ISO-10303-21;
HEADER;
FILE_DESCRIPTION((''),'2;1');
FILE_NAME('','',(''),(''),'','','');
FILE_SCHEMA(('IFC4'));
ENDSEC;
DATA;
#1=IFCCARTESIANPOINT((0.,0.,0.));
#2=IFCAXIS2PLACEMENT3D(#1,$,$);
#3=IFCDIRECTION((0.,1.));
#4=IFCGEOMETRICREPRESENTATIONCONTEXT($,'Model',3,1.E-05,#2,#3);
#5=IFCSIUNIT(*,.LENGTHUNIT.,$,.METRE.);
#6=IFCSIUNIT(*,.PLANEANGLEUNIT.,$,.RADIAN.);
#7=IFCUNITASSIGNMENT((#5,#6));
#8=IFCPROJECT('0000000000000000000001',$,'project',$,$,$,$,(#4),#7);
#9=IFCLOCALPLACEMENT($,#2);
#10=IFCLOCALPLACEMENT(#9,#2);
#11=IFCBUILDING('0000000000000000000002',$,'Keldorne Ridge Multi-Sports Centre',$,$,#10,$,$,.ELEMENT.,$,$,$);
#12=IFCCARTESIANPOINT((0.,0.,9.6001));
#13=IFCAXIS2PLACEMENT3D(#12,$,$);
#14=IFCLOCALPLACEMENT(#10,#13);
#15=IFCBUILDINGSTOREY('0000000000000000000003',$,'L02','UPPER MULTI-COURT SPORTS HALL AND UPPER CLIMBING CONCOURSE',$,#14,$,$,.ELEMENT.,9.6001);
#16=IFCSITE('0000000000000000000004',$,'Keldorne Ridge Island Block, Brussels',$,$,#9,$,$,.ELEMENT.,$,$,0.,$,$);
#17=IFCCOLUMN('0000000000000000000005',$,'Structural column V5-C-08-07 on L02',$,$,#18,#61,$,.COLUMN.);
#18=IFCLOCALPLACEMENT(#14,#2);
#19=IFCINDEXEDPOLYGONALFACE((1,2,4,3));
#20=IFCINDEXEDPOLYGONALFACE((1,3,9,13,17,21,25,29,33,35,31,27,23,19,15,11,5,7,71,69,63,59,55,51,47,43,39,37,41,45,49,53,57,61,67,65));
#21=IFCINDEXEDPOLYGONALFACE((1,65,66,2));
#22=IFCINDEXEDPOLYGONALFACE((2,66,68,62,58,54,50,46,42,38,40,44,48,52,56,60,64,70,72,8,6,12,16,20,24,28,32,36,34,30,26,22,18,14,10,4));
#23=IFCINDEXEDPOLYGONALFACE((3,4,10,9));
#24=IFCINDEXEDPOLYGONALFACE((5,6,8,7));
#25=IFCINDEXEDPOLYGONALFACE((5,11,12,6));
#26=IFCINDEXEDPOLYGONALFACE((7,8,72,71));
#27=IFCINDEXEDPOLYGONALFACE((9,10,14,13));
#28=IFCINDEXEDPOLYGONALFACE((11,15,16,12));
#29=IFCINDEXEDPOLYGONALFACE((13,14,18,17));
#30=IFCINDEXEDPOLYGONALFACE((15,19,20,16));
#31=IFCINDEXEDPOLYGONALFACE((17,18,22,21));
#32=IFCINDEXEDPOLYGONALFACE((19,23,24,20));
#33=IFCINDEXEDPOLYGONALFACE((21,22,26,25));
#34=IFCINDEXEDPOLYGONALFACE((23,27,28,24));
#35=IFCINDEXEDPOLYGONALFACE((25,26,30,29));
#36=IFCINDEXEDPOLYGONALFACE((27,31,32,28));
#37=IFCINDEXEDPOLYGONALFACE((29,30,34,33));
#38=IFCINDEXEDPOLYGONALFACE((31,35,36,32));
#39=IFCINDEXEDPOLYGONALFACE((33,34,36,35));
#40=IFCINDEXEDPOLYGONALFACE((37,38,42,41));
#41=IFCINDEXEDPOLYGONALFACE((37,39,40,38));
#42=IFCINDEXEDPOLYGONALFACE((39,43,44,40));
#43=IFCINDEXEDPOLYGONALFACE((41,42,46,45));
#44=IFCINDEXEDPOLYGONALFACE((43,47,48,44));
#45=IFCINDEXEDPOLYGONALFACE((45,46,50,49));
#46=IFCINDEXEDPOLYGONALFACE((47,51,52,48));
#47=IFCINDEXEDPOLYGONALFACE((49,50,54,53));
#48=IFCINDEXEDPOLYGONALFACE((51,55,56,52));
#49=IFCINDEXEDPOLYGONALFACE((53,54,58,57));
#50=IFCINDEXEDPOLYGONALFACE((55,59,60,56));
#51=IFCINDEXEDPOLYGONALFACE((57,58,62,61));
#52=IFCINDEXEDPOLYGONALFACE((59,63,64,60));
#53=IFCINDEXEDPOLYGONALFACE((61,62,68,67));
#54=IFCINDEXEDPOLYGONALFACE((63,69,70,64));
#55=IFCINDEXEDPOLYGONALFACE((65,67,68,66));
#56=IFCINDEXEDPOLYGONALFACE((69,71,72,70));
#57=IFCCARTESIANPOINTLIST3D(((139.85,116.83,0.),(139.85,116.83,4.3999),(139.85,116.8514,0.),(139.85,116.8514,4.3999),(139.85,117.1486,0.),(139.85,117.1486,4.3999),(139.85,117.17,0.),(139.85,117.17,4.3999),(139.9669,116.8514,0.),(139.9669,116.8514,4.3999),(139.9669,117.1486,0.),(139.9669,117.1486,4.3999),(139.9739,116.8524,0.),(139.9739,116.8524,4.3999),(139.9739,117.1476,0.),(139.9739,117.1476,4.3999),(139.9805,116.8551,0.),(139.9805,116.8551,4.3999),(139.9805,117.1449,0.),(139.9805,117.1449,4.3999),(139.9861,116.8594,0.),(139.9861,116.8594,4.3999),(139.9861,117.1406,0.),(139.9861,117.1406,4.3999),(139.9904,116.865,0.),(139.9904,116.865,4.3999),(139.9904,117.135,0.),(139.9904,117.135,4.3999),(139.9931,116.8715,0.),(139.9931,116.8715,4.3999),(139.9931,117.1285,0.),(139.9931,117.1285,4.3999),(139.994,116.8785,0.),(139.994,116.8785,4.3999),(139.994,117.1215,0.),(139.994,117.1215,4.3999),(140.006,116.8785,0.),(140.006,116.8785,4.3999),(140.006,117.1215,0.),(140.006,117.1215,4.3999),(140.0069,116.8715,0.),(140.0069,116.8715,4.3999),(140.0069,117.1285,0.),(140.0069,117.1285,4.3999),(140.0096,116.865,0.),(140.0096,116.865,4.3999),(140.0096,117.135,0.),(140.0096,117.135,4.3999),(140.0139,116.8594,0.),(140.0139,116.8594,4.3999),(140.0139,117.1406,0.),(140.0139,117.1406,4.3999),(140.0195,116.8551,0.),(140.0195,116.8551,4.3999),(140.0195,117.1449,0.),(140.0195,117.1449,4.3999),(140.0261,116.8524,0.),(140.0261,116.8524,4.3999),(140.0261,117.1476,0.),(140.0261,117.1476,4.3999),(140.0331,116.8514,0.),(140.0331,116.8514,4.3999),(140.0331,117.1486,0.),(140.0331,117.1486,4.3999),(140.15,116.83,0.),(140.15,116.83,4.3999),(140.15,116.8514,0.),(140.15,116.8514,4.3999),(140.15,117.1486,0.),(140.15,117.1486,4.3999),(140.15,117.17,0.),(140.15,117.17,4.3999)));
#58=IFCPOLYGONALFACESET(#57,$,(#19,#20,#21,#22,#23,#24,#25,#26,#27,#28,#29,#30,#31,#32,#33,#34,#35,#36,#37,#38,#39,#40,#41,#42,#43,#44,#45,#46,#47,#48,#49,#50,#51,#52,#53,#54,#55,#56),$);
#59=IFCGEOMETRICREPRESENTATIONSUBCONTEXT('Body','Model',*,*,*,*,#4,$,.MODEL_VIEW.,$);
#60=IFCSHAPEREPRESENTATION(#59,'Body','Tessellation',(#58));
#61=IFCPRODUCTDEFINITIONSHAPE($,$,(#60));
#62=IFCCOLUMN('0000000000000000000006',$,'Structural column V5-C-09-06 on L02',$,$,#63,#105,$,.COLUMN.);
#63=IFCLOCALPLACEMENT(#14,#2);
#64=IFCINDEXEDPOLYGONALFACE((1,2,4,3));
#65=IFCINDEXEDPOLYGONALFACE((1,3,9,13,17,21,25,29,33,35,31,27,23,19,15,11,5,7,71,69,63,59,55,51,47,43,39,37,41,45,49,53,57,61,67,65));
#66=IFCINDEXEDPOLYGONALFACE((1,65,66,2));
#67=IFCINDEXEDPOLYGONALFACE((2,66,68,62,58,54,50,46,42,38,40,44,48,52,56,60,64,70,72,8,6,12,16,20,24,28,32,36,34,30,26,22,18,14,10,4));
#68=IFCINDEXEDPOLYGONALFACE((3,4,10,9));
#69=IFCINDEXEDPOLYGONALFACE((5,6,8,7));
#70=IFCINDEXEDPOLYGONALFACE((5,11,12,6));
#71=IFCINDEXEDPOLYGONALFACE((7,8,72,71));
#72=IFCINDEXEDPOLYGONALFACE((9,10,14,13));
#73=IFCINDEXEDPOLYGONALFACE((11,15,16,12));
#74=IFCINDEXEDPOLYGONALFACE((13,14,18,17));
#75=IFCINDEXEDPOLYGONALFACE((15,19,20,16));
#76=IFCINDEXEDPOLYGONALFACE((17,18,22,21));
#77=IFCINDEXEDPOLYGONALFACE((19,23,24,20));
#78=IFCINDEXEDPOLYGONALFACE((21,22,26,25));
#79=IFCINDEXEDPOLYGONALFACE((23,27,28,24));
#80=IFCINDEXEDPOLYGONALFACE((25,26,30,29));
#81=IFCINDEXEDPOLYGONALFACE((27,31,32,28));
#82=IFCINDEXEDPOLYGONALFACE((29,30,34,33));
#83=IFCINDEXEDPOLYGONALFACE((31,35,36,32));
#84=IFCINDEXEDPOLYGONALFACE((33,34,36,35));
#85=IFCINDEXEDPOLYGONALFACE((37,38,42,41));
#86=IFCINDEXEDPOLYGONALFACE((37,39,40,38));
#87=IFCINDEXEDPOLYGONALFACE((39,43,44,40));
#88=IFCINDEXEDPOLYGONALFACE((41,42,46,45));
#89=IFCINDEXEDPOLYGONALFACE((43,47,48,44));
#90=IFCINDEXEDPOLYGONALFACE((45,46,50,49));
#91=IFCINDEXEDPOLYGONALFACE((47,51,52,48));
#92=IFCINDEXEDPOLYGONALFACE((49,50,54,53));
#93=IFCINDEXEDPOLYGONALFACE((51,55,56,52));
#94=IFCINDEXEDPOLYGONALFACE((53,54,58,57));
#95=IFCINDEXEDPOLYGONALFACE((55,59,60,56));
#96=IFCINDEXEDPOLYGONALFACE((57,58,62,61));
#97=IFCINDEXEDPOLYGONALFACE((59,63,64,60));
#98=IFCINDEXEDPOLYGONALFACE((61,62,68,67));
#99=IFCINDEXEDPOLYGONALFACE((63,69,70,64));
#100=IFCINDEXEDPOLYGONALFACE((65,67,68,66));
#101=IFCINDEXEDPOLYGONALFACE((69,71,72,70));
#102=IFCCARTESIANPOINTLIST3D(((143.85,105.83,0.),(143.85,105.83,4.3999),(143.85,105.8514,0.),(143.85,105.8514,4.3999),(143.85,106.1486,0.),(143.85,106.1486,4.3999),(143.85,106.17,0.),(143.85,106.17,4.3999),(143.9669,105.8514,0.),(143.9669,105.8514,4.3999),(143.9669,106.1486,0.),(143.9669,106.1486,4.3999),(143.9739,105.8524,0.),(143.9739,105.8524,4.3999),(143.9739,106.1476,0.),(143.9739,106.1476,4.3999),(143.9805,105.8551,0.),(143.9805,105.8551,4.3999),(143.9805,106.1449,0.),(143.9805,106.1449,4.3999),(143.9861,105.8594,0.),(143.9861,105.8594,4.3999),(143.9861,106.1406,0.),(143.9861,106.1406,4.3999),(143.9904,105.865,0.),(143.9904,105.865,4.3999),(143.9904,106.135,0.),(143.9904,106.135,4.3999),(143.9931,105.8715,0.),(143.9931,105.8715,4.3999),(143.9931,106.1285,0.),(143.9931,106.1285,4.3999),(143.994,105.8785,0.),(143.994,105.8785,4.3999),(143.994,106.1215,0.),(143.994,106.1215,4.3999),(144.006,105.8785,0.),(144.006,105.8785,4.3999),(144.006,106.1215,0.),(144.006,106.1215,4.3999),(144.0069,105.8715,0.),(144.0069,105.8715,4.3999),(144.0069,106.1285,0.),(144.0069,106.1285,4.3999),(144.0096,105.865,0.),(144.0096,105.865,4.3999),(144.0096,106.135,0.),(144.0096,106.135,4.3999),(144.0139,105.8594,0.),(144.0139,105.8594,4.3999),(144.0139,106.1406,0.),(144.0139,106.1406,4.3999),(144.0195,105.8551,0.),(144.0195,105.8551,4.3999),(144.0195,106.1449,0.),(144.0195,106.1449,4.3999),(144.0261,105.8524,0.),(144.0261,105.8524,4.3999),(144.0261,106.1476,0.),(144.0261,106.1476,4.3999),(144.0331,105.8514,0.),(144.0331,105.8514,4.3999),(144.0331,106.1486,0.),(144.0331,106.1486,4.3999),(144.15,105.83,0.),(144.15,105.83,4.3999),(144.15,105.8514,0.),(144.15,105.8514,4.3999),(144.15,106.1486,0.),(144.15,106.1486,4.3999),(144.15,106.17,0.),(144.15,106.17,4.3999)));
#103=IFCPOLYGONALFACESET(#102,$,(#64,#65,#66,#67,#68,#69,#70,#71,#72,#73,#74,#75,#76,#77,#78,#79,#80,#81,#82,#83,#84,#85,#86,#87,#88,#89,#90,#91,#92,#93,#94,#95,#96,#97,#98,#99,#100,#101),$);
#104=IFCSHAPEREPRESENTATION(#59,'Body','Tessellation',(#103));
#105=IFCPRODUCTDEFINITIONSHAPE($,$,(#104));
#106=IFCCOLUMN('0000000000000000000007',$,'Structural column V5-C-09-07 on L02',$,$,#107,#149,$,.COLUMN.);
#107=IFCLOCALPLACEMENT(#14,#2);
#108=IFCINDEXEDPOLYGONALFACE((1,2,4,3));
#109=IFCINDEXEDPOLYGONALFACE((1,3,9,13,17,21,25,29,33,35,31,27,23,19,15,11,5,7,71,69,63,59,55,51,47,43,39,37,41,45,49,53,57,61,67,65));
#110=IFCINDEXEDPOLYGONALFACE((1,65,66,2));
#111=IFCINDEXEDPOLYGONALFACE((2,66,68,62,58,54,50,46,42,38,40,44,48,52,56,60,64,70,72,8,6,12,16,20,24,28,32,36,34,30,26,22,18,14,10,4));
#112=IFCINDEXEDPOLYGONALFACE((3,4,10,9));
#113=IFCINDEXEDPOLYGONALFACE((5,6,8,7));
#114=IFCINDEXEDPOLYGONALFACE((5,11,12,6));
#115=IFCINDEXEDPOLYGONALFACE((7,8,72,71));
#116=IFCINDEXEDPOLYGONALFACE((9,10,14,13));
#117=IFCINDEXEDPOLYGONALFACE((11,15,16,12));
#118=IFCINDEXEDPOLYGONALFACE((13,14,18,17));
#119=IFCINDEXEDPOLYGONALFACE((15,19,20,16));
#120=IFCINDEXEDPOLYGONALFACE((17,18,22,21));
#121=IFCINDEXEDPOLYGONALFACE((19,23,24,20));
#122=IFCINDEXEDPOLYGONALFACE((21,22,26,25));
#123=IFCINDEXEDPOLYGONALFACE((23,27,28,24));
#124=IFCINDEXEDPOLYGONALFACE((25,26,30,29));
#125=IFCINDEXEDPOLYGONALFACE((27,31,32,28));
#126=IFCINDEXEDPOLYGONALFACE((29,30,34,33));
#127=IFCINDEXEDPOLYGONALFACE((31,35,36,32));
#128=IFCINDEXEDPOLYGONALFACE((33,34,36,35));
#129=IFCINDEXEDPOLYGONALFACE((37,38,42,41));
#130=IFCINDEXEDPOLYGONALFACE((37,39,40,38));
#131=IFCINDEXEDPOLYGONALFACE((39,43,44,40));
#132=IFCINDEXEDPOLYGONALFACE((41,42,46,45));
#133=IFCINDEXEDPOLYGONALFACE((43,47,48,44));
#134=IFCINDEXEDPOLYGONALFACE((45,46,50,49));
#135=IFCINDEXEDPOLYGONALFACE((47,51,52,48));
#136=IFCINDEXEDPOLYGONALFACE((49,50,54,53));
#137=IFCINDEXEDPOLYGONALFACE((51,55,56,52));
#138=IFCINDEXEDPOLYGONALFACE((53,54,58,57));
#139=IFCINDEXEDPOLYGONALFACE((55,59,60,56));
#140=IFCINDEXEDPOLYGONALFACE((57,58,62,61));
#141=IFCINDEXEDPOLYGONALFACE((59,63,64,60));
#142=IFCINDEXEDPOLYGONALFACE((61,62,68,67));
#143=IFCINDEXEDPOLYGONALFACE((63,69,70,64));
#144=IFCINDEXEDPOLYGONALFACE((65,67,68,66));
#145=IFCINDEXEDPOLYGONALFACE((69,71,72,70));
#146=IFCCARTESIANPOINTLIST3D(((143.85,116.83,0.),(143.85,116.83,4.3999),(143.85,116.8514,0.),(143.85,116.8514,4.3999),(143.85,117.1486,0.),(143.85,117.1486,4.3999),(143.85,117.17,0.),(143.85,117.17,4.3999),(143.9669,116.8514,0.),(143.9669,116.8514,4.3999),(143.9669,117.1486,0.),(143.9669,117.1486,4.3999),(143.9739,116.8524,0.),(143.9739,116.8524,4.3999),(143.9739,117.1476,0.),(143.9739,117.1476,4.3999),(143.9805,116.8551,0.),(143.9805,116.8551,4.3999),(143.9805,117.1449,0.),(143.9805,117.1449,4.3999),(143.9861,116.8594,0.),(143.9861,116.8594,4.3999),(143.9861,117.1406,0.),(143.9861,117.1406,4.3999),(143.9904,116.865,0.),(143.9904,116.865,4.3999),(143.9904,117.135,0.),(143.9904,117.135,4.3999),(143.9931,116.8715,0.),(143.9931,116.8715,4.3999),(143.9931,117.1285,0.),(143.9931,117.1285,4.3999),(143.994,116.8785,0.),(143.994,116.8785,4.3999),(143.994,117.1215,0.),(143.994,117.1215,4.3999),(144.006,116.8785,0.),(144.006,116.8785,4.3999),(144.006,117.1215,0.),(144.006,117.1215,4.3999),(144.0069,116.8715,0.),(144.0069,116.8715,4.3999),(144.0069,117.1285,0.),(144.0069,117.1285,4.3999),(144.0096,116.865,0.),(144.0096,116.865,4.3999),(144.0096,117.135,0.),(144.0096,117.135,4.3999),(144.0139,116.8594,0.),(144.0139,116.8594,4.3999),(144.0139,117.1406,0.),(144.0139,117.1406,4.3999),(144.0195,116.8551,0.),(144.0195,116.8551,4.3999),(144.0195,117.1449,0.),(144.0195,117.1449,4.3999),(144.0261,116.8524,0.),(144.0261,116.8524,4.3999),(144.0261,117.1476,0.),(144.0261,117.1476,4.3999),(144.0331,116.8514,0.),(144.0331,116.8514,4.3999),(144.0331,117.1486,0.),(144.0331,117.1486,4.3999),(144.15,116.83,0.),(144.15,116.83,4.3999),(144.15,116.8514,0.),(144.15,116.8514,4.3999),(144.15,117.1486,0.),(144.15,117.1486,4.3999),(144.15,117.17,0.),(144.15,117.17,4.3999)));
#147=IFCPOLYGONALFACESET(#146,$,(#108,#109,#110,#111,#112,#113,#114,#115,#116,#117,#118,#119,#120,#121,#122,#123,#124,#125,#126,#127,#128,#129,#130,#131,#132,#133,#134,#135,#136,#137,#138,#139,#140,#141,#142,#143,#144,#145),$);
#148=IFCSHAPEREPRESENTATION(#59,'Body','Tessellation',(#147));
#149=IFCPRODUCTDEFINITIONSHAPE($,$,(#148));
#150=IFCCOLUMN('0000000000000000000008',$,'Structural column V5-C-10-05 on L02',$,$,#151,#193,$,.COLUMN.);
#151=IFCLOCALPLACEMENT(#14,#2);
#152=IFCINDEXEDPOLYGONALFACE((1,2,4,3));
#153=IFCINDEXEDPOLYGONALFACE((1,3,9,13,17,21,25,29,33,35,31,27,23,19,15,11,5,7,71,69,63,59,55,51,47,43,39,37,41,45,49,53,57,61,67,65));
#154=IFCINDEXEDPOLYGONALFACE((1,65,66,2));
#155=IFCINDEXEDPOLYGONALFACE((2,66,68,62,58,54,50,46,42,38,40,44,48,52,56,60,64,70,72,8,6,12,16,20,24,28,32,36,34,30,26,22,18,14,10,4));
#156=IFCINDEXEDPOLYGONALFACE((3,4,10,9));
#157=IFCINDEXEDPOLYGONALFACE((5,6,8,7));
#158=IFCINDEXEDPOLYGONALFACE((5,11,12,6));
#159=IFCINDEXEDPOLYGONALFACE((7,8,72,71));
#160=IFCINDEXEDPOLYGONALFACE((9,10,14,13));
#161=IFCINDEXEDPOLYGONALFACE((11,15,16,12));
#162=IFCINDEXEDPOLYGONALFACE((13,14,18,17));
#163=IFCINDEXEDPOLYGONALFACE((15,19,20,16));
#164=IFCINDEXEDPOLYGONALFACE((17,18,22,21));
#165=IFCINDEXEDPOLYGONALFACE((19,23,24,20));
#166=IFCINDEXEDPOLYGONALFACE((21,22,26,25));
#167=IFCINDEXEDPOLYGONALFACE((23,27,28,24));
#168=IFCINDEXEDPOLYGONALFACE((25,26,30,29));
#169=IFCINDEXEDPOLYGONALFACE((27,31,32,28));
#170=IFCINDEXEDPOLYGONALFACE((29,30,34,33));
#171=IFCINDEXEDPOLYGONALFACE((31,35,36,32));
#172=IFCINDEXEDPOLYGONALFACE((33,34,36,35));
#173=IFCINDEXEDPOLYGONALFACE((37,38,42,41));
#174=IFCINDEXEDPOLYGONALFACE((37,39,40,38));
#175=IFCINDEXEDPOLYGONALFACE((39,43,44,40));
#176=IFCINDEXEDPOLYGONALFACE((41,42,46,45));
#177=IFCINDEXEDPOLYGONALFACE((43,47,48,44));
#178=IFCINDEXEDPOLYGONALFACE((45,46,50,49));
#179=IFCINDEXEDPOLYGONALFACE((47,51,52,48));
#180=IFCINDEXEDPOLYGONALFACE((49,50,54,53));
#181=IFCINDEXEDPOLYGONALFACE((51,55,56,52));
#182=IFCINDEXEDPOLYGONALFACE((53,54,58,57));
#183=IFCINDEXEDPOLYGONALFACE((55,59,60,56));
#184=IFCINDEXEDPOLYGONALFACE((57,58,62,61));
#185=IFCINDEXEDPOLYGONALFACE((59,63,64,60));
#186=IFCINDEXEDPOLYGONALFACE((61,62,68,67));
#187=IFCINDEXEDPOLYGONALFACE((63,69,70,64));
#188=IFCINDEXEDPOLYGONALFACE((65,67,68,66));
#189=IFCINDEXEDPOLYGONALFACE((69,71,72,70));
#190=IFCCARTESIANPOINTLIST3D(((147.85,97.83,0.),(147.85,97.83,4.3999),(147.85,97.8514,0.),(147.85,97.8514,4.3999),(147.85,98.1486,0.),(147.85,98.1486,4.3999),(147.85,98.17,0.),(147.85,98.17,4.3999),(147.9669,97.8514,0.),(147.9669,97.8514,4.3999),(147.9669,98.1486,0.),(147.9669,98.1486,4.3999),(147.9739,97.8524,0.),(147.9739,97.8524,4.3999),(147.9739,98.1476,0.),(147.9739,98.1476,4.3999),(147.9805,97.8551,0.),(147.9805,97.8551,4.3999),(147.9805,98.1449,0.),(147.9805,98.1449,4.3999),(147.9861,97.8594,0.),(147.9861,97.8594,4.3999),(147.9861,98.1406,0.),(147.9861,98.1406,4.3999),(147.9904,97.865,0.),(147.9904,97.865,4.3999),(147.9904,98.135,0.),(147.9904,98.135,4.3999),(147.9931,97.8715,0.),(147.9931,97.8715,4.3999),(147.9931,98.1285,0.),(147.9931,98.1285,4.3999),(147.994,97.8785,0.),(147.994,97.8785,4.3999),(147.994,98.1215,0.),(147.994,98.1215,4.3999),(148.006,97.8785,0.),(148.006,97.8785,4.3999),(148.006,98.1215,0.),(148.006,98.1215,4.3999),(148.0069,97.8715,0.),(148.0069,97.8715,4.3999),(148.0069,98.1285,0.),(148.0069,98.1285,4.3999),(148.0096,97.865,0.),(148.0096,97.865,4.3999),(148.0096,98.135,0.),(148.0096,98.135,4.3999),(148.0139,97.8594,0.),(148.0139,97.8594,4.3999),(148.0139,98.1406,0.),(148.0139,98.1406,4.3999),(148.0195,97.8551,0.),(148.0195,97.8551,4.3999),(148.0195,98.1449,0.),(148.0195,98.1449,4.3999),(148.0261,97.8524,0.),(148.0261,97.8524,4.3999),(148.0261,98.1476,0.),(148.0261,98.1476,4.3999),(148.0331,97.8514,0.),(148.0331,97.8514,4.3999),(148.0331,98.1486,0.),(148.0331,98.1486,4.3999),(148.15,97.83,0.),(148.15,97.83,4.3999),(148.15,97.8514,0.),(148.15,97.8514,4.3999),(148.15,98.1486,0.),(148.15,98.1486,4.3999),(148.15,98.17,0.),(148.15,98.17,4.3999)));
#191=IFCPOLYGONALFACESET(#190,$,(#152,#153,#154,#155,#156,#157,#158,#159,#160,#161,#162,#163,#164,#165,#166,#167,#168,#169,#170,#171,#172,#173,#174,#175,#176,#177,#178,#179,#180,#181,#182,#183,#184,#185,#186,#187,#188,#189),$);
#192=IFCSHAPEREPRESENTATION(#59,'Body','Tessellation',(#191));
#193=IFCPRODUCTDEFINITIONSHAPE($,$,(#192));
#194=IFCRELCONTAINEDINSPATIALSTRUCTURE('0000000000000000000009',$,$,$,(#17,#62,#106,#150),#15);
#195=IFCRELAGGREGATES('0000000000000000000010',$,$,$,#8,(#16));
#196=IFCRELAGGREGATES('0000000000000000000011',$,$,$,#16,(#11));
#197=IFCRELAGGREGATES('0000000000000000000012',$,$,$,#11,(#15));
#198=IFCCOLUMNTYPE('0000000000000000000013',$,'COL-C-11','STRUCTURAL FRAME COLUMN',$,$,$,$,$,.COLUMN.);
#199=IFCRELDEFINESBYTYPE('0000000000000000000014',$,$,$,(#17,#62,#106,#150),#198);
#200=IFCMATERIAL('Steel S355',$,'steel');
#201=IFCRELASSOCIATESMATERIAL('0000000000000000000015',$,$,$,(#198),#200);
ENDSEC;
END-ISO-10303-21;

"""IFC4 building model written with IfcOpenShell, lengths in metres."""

from ifc_helpers import new_model, si_unit, direction, frame, origin, origin_2d, place, context, subcontext, project, spatial, i_section, extrude, material, material_profile, profile_set, type_object, element, save


model = new_model("IFC4")

# Units and contexts
model_context = context("Model", 3, precision=1e-05, world=origin(), true_north=direction((0.0, 1.0)))
body_context = subcontext(model_context, "Body", "Model", "MODEL_VIEW")
ifc_project = project(units=[si_unit("LENGTHUNIT", "METRE"), si_unit("PLANEANGLEUNIT", "RADIAN")], contexts=[model_context])

# Site, building, storey
site_placement = place(None, origin())
site = spatial("IfcSite", under=ifc_project, at=site_placement, Name="Keldorne Ridge Island Block, Brussels", CompositionType="ELEMENT", RefElevation=0.0)
building_placement = place(site_placement, origin())
building = spatial("IfcBuilding", under=site, at=building_placement, Name="Keldorne Ridge Multi-Sports Centre", CompositionType="ELEMENT")
storey_placement = place(building_placement, frame((0.0, 0.0, 9.6001)))
storey = spatial("IfcBuildingStorey", under=building, at=storey_placement, Name="L02", Description="UPPER MULTI-COURT SPORTS HALL AND UPPER CLIMBING CONCOURSE", CompositionType="ELEMENT", Elevation=9.6001)

# Columns
ifc_material_1 = material(Name="Steel S355", Category="steel")
ifc_material_profile_1 = material_profile(ifc_material_1, i_section(OverallWidth=0.3, OverallDepth=0.3401, WebThickness=0.012, FlangeThickness=0.0215, FilletRadius=0.0271, at=origin_2d()), Name="HEB 340")
ifc_profile_set_1 = profile_set([ifc_material_profile_1], Name="Steel S355")
column_type = type_object("IfcColumnType", Name="COL-C-11", Description="STRUCTURAL FRAME COLUMN", PredefinedType="COLUMN", material=ifc_profile_set_1)
for number, where, z_axis, x_axis, name in (
    (1, (140.0, 117.0, 0.0), (0.0, 0.0, 1.0), (1.0, 0.0, 0.0), "Structural column V5-C-08-07 on L02"),
    (2, (144.0, 106.0, 0.0), (0.0, 0.0, 1.0), (1.0, 0.0, 0.0), "Structural column V5-C-09-06 on L02"),
    (3, (144.0, 117.0, 0.0), (0.0, 0.0, 1.0), (1.0, 0.0, 0.0), "Structural column V5-C-09-07 on L02"),
    (4, (148.0, 98.0, 0.0), (0.0, 0.0, 1.0), (1.0, 0.0, 0.0), "Structural column V5-C-10-05 on L02"),
):
    element("IfcColumn", number, at=place(storey_placement, frame(where, z_axis=z_axis, x_axis=x_axis)), inside=storey, type_object=column_type, Name=name, PredefinedType="COLUMN", context=body_context, shape_type="SweptSolid", body=[
        extrude(i_section(OverallWidth=0.3, OverallDepth=0.3401, WebThickness=0.012, FlangeThickness=0.0215, FilletRadius=0.0271, at=origin_2d()), origin(), (0.0, 0.0, 1.0), 4.3999),
    ])

save(model, "model.ifc")
